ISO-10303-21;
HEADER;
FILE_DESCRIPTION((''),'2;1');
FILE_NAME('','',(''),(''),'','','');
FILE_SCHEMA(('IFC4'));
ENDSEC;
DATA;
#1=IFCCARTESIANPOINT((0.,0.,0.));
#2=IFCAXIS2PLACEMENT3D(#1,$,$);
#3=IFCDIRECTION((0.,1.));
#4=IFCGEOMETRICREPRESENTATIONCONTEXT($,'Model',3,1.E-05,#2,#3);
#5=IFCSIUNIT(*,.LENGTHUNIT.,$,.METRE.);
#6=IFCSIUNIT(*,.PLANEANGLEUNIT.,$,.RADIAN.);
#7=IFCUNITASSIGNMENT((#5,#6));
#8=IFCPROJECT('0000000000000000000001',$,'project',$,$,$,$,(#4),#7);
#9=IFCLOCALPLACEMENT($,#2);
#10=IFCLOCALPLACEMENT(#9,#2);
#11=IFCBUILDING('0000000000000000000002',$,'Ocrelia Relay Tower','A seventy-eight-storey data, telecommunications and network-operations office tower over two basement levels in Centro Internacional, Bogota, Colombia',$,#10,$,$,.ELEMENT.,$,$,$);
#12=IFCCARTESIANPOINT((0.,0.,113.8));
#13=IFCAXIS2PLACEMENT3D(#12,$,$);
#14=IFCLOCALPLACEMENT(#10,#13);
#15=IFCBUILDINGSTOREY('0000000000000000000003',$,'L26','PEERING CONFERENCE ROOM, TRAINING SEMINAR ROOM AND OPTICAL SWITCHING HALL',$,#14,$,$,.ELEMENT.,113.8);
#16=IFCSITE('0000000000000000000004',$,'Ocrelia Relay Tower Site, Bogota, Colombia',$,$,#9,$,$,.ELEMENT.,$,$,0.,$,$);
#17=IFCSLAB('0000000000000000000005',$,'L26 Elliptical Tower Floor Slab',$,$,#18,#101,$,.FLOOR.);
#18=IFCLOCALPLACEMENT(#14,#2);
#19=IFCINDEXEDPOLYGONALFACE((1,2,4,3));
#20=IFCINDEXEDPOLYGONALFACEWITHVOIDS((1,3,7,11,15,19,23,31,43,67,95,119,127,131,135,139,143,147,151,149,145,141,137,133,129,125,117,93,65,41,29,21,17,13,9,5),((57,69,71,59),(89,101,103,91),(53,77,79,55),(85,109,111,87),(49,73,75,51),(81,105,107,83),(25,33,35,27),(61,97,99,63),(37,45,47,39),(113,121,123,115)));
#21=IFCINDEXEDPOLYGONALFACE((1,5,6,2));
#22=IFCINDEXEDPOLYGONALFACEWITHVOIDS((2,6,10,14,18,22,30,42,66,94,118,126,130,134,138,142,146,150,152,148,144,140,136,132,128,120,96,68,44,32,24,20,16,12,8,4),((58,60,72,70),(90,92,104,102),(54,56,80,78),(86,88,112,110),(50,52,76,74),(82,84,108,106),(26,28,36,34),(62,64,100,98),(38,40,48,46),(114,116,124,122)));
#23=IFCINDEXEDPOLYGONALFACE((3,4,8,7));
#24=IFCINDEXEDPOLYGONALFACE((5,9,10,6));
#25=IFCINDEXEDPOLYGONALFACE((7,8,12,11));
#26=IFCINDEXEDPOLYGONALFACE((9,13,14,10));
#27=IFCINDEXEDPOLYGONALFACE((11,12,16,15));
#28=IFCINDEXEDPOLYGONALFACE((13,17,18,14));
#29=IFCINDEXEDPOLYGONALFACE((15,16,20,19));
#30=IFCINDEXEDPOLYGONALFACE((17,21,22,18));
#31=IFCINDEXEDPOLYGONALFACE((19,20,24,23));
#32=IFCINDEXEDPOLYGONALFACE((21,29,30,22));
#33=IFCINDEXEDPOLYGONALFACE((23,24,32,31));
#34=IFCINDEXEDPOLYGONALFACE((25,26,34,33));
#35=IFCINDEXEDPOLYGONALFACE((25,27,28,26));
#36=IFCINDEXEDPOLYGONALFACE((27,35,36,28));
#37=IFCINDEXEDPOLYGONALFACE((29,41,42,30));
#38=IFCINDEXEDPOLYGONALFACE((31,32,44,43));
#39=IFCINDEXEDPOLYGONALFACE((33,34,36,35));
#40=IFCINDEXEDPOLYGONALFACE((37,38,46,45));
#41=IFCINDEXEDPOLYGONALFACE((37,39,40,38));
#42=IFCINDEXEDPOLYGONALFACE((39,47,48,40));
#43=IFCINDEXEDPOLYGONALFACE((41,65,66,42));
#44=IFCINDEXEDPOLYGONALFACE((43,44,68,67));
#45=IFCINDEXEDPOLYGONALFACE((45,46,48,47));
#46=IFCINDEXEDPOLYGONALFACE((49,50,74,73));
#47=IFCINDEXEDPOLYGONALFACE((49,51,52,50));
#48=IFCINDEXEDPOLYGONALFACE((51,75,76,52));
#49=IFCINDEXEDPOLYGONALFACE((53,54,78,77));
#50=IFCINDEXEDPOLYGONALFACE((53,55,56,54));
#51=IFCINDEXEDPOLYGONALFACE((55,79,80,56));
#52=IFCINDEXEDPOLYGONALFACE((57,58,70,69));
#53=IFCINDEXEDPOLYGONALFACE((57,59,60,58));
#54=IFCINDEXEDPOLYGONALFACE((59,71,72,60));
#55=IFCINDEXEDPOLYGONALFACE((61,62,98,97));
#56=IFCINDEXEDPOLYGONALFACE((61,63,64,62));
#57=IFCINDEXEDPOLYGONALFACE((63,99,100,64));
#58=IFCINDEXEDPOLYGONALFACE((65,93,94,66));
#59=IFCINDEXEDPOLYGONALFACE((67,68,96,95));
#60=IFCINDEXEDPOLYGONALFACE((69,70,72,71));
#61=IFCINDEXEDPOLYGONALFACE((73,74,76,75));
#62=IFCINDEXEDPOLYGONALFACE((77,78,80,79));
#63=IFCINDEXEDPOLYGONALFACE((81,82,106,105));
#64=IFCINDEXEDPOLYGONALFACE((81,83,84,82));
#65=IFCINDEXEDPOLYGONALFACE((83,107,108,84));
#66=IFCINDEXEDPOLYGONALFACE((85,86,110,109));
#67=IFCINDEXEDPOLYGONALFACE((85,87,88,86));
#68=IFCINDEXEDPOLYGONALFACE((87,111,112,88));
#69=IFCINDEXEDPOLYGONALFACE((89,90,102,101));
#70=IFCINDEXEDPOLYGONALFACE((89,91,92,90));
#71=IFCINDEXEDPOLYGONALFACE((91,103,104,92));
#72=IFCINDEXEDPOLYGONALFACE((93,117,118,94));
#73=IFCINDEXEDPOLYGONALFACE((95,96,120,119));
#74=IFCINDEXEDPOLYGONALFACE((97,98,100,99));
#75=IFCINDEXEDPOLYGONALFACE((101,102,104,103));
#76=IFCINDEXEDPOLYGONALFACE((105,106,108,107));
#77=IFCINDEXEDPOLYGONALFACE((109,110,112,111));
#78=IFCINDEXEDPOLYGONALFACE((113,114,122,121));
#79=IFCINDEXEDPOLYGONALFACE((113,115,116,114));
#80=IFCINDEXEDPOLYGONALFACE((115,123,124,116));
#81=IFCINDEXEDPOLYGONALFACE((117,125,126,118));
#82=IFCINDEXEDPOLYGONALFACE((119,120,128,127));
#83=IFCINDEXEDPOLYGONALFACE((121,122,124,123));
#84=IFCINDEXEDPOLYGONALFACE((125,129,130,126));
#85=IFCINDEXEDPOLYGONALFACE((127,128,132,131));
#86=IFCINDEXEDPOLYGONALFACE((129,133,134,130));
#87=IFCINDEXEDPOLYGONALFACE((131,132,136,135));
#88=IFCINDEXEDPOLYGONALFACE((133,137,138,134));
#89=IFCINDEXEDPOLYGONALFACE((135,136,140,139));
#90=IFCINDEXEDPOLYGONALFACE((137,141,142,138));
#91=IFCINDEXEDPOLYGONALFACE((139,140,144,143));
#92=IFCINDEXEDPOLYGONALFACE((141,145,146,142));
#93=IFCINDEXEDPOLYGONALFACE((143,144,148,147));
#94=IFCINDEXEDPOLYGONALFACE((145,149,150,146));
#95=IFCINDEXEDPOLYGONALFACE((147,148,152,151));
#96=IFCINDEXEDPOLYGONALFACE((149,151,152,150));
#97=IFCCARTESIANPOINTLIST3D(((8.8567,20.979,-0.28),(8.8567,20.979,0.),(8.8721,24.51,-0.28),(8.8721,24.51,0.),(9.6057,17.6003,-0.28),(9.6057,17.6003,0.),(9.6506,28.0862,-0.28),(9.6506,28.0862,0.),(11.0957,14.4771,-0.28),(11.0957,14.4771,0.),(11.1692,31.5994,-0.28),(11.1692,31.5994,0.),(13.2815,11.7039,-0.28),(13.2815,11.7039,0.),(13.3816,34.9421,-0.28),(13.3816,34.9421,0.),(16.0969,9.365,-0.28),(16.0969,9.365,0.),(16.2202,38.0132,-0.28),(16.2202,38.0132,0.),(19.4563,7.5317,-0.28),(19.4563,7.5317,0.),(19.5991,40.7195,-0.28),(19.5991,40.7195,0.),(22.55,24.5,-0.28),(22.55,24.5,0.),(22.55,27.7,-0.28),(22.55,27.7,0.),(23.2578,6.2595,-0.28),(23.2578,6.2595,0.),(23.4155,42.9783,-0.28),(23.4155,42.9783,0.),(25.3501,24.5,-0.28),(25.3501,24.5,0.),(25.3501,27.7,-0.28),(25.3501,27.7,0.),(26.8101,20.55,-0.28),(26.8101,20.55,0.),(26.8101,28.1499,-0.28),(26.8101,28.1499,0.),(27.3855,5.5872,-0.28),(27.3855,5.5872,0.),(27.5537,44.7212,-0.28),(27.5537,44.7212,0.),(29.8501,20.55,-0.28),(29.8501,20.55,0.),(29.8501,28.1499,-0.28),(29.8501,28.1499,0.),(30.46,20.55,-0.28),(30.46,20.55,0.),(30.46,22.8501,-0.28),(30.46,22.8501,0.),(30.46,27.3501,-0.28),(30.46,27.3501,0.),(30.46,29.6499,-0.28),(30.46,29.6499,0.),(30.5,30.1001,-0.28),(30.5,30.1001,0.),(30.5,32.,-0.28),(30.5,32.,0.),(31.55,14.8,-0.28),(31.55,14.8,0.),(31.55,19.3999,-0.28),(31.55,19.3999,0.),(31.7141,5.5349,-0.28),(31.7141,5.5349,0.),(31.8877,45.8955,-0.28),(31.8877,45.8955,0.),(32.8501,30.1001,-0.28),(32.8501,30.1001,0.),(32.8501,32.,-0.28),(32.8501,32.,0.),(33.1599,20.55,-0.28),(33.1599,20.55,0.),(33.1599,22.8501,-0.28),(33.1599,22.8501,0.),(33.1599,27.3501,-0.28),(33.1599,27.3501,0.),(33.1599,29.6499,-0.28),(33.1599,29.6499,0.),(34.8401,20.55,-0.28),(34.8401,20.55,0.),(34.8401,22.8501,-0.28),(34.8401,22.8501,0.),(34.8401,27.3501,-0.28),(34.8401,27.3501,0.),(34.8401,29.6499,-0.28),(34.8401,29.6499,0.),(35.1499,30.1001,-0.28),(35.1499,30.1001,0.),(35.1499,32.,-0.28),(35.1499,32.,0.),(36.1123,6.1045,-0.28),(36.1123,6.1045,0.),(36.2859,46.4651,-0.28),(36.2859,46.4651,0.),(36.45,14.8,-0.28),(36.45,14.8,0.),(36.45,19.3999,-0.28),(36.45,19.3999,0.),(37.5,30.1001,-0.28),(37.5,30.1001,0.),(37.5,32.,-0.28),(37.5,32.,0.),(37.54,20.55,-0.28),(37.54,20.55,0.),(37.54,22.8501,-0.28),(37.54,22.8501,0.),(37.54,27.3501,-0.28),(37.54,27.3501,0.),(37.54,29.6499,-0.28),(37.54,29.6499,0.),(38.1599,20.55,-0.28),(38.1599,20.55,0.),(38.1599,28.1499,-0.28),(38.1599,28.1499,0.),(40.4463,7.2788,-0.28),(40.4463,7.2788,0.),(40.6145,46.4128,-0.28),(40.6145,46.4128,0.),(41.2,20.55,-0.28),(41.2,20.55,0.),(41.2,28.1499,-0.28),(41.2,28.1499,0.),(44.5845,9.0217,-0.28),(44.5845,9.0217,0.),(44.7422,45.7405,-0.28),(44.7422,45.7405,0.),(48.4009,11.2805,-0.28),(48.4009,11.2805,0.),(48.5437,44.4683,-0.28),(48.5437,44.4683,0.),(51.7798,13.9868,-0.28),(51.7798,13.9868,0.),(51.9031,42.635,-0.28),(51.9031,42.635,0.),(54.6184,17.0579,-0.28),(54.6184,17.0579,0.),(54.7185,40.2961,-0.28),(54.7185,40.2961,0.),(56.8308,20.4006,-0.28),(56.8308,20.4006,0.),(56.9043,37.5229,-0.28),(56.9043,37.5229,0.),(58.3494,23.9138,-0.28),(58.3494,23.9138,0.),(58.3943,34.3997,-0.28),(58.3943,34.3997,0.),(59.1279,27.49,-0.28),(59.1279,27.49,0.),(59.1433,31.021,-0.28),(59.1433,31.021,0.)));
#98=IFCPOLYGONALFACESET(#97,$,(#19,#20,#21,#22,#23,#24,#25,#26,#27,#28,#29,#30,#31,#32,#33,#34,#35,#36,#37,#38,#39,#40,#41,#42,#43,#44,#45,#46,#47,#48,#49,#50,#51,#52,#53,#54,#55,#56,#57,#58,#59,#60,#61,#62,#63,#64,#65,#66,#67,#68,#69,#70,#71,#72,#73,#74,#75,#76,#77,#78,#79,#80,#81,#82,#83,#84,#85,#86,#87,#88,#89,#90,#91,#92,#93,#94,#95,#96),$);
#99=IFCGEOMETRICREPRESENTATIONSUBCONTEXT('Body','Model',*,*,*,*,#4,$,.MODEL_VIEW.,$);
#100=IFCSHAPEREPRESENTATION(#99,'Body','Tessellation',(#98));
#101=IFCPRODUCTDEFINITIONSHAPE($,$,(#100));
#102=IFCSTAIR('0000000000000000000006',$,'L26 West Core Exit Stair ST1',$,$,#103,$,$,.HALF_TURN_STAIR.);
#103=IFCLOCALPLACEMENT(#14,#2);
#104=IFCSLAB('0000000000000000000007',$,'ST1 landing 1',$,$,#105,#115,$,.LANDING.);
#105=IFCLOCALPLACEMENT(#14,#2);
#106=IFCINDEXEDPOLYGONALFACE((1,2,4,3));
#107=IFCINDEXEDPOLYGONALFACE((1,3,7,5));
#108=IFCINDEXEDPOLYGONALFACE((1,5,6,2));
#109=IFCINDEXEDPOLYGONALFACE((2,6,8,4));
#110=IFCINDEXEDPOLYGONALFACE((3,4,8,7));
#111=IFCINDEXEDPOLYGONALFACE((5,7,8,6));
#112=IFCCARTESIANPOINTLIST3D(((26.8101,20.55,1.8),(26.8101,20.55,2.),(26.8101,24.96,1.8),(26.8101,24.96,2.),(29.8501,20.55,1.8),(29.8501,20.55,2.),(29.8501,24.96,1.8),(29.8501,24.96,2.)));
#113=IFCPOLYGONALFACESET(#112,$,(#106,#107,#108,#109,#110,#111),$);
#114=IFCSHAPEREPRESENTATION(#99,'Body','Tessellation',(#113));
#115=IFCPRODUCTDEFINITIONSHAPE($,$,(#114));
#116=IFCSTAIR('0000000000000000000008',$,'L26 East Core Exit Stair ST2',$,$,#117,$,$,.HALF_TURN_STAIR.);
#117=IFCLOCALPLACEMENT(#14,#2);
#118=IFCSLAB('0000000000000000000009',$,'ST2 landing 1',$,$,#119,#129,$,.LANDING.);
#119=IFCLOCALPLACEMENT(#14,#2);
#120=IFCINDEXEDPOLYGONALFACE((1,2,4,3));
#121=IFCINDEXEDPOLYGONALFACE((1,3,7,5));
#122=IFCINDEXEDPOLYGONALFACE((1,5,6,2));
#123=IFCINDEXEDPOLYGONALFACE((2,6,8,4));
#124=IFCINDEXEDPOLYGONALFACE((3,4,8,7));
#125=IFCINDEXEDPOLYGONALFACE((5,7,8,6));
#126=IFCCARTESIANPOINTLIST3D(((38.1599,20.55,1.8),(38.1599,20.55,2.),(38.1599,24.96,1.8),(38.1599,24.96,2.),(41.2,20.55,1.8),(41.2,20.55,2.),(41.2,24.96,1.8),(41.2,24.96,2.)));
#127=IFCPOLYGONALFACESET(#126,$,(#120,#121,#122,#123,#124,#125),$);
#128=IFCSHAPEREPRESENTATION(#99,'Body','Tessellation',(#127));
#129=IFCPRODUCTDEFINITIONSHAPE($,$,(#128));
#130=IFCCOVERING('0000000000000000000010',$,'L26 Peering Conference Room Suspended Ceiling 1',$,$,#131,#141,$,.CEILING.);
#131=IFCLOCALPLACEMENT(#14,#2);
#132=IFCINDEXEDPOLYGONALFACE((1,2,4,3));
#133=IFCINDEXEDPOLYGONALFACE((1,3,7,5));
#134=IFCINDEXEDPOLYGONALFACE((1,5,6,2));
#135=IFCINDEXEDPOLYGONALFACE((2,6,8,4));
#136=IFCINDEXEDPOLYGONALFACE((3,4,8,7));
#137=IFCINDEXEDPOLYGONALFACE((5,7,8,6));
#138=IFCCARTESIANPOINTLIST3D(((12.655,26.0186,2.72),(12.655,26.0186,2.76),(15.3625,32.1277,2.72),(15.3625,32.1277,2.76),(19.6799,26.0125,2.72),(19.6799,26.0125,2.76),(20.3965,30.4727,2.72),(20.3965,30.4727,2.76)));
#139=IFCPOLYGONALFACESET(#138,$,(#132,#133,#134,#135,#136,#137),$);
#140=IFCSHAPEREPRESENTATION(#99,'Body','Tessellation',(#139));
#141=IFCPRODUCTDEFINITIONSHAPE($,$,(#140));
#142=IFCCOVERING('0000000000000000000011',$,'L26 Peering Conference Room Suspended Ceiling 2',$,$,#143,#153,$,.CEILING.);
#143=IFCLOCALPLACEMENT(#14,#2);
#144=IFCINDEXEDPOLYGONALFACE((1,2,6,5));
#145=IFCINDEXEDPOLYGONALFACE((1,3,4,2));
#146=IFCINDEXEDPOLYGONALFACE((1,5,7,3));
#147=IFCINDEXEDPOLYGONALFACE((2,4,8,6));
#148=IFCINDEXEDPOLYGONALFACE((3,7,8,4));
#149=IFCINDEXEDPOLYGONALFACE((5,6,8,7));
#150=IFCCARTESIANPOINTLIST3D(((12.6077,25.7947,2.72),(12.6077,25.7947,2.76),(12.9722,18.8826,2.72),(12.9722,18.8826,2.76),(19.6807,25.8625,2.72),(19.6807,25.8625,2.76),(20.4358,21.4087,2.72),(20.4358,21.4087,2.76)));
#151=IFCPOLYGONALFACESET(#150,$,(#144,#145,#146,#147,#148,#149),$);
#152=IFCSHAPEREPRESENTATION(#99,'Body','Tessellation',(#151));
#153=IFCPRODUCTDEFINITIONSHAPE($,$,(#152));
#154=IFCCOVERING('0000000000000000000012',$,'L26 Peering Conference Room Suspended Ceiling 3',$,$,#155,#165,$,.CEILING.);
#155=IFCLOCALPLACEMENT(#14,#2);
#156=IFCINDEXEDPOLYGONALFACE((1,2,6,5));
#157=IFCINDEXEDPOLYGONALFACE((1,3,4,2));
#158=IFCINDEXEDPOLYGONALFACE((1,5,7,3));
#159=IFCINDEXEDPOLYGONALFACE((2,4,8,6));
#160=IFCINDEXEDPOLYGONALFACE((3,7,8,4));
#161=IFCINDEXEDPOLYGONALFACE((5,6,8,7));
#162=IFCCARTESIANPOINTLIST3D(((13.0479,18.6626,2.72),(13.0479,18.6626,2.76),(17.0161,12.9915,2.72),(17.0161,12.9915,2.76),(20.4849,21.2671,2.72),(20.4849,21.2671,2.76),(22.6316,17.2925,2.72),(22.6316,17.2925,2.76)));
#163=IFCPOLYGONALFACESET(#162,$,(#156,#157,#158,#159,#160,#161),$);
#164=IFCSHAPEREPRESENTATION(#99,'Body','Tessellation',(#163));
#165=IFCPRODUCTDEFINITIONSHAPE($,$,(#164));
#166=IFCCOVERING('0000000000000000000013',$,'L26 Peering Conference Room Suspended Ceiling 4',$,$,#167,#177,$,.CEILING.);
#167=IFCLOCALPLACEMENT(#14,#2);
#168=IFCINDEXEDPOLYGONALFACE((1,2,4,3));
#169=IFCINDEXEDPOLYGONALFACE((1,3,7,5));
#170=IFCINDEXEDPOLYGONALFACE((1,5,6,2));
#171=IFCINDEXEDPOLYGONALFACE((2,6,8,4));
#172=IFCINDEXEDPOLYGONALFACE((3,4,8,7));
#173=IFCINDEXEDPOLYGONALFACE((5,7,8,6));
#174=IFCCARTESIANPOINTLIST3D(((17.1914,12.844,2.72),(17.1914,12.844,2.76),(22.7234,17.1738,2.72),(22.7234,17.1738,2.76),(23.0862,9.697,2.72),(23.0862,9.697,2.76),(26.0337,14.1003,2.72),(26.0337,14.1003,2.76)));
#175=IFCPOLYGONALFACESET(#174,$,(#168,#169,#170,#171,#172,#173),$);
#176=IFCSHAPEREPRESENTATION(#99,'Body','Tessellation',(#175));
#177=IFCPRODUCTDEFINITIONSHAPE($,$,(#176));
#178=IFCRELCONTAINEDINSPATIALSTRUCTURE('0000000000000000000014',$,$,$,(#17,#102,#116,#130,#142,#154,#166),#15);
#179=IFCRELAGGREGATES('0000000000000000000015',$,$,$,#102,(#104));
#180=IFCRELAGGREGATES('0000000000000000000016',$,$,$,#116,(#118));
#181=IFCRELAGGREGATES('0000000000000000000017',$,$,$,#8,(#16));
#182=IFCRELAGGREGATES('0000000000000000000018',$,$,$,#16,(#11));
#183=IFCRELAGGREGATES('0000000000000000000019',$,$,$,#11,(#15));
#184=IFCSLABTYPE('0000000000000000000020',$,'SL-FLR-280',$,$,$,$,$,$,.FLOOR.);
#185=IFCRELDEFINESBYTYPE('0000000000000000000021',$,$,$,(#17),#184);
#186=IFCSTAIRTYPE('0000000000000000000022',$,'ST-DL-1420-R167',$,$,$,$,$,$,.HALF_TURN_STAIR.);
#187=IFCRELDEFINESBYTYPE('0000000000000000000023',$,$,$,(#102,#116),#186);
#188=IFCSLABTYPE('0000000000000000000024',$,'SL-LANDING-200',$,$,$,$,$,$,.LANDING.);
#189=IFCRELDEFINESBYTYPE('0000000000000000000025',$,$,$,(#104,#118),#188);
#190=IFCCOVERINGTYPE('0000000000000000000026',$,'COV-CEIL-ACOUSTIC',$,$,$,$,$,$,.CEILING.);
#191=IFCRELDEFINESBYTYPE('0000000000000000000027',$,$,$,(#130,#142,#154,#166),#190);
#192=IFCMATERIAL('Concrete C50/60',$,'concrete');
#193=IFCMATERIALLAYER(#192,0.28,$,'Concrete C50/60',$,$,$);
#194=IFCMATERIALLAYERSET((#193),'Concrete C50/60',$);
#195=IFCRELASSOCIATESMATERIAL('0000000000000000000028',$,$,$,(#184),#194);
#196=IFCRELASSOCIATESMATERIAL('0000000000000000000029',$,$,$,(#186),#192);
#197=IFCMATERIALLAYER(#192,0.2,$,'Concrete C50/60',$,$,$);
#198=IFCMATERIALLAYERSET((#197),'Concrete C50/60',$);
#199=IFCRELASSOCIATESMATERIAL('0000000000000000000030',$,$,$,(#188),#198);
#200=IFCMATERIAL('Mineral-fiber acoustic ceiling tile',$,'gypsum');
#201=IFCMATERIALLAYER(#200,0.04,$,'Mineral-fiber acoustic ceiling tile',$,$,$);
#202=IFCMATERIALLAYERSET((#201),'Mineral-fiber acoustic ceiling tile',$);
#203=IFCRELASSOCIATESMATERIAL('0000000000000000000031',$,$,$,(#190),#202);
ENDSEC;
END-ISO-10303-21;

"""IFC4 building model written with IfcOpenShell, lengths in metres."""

from ifc_helpers import new_model, si_unit, direction, frame, origin, place, context, subcontext, project, spatial, polyline, outline, extrude, material, layer, layer_set, type_object, element, aggregate, save


model = new_model("IFC4")

# Units and contexts
model_context = context("Model", 3, precision=1e-05, world=origin(), true_north=direction((0.0, 1.0)))
body_context = subcontext(model_context, "Body", "Model", "MODEL_VIEW")
ifc_project = project(units=[si_unit("LENGTHUNIT", "METRE"), si_unit("PLANEANGLEUNIT", "RADIAN")], contexts=[model_context])

# Site, building, storey
site_placement = place(None, origin())
site = spatial("IfcSite", under=ifc_project, at=site_placement, Name="Ocrelia Relay Tower Site, Bogota, Colombia", CompositionType="ELEMENT", RefElevation=0.0)
building_placement = place(site_placement, origin())
building = spatial("IfcBuilding", under=site, at=building_placement, Name="Ocrelia Relay Tower", Description="A seventy-eight-storey data, telecommunications and network-operations office tower over two basement levels in Centro Internacional, Bogota, Colombia", CompositionType="ELEMENT")
storey_placement = place(building_placement, frame((0.0, 0.0, 113.8)))
storey = spatial("IfcBuildingStorey", under=building, at=storey_placement, Name="L26", Description="PEERING CONFERENCE ROOM, TRAINING SEMINAR ROOM AND OPTICAL SWITCHING HALL", CompositionType="ELEMENT", Elevation=113.8)

# Slab
ifc_material_1 = material(Name="Concrete C50/60", Category="concrete")
ifc_layer_1 = layer(ifc_material_1, 0.28, Name="Concrete C50/60")
ifc_layer_set_1 = layer_set([ifc_layer_1], Name="Concrete C50/60")
slab_type_1 = type_object("IfcSlabType", Name="SL-FLR-280", PredefinedType="FLOOR", material=ifc_layer_set_1)
slab_1_placement = place(storey_placement, frame((0.0, 0.0, -0.28)))
element("IfcSlab", 1, at=slab_1_placement, inside=storey, type_object=slab_type_1, Name="L26 Elliptical Tower Floor Slab", PredefinedType="FLOOR", context=body_context, shape_type="SweptSolid", body=[
    extrude(outline(polyline([(58.3943, 34.3997), (56.9043, 37.5229), (54.7185, 40.2961), (51.9031, 42.635), (48.5437, 44.4683), (44.7422, 45.7405), (40.6145, 46.4128), (36.2859, 46.4651), (31.8877, 45.8955), (27.5537, 44.7212), (23.4155, 42.9783), (19.5991, 40.7195), (16.2202, 38.0132), (13.3816, 34.9421), (11.1692, 31.5994), (9.6506, 28.0862), (8.8721, 24.51), (8.8567, 20.979), (9.6057, 17.6003), (11.0957, 14.4771), (13.2815, 11.7039), (16.0969, 9.365), (19.4563, 7.5317), (23.2578, 6.2595), (27.3855, 5.5872), (31.7141, 5.5349), (36.1123, 6.1045), (40.4463, 7.2788), (44.5845, 9.0217), (48.4009, 11.2805), (51.7798, 13.9868), (54.6184, 17.0579), (56.8308, 20.4006), (58.3494, 23.9138), (59.1279, 27.49), (59.1433, 31.021), (58.3943, 34.3997)]), holes=[polyline([(26.8101, 28.1499), (26.8101, 20.55), (29.8501, 20.55), (29.8501, 28.1499), (26.8101, 28.1499)]), polyline([(38.1599, 28.1499), (38.1599, 20.55), (41.2, 20.55), (41.2, 28.1499), (38.1599, 28.1499)]), polyline([(30.46, 20.55), (33.1599, 20.55), (33.1599, 22.8501), (30.46, 22.8501), (30.46, 20.55)]), polyline([(34.8401, 20.55), (37.54, 20.55), (37.54, 22.8501), (34.8401, 22.8501), (34.8401, 20.55)]), polyline([(30.46, 27.3501), (33.1599, 27.3501), (33.1599, 29.6499), (30.46, 29.6499), (30.46, 27.3501)]), polyline([(34.8401, 27.3501), (37.54, 27.3501), (37.54, 29.6499), (34.8401, 29.6499), (34.8401, 27.3501)]), polyline([(30.5, 30.1001), (32.8501, 30.1001), (32.8501, 32.0), (30.5, 32.0), (30.5, 30.1001)]), polyline([(35.1499, 30.1001), (37.5, 30.1001), (37.5, 32.0), (35.1499, 32.0), (35.1499, 30.1001)]), polyline([(22.55, 24.5), (25.3501, 24.5), (25.3501, 27.7), (22.55, 27.7), (22.55, 24.5)]), polyline([(31.55, 14.8), (36.45, 14.8), (36.45, 19.3999), (31.55, 19.3999), (31.55, 14.8)])]), origin(), (0.0, 0.0, 1.0), 0.28),
])

# Stairs, slabs
stair_type = type_object("IfcStairType", Name="ST-DL-1420-R167", PredefinedType="HALF_TURN_STAIR", material=ifc_material_1)
stair_1_placement = place(storey_placement, origin())
stair_1 = element("IfcStair", 2, at=stair_1_placement, inside=storey, type_object=stair_type, Name="L26 West Core Exit Stair ST1", PredefinedType="HALF_TURN_STAIR")
ifc_layer_2 = layer(ifc_material_1, 0.2, Name="Concrete C50/60")
ifc_layer_set_2 = layer_set([ifc_layer_2], Name="Concrete C50/60")
slab_type_2 = type_object("IfcSlabType", Name="SL-LANDING-200", PredefinedType="LANDING", material=ifc_layer_set_2)
slab_2_placement = place(storey_placement, frame((0.0, 0.0, 1.8)))
slab_2 = element("IfcSlab", 3, at=slab_2_placement, type_object=slab_type_2, Name="ST1 landing 1", PredefinedType="LANDING", context=body_context, shape_type="SweptSolid", body=[
    extrude(outline(polyline([(26.8101, 24.96), (26.8101, 20.55), (29.8501, 20.55), (29.8501, 24.96), (26.8101, 24.96)])), origin(), (0.0, 0.0, 1.0), 0.2),
])
aggregate(stair_1, [slab_2])
stair_2_placement = place(storey_placement, origin())
stair_2 = element("IfcStair", 4, at=stair_2_placement, inside=storey, type_object=stair_type, Name="L26 East Core Exit Stair ST2", PredefinedType="HALF_TURN_STAIR")
slab_3_placement = place(storey_placement, frame((0.0, 0.0, 1.8)))
slab_3 = element("IfcSlab", 5, at=slab_3_placement, type_object=slab_type_2, Name="ST2 landing 1", PredefinedType="LANDING", context=body_context, shape_type="SweptSolid", body=[
    extrude(outline(polyline([(38.1599, 24.96), (38.1599, 20.55), (41.2, 20.55), (41.2, 24.96), (38.1599, 24.96)])), origin(), (0.0, 0.0, 1.0), 0.2),
])
aggregate(stair_2, [slab_3])

# Coverings
ifc_material_2 = material(Name="Mineral-fiber acoustic ceiling tile", Category="gypsum")
ifc_layer_3 = layer(ifc_material_2, 0.04, Name="Mineral-fiber acoustic ceiling tile")
ifc_layer_set_3 = layer_set([ifc_layer_3], Name="Mineral-fiber acoustic ceiling tile")
covering_type_1 = type_object("IfcCoveringType", Name="COV-CEIL-ACOUSTIC", PredefinedType="CEILING", material=ifc_layer_set_3)
covering_1_placement = place(storey_placement, frame((0.0, 0.0, 2.72)))
element("IfcCovering", 6, at=covering_1_placement, inside=storey, type_object=covering_type_1, Name="L26 Peering Conference Room Suspended Ceiling 1", PredefinedType="CEILING", context=body_context, shape_type="SweptSolid", body=[
    extrude(outline(polyline([(20.3965, 30.4727), (15.3625, 32.1277), (12.655, 26.0186), (19.6799, 26.0125), (20.3965, 30.4727)])), origin(), (0.0, 0.0, 1.0), 0.04),
])
covering_2_placement = place(storey_placement, frame((0.0, 0.0, 2.72)))
element("IfcCovering", 7, at=covering_2_placement, inside=storey, type_object=covering_type_1, Name="L26 Peering Conference Room Suspended Ceiling 2", PredefinedType="CEILING", context=body_context, shape_type="SweptSolid", body=[
    extrude(outline(polyline([(19.6807, 25.8625), (12.6077, 25.7947), (12.9722, 18.8826), (20.4358, 21.4087), (19.6807, 25.8625)])), origin(), (0.0, 0.0, 1.0), 0.04),
])
covering_3_placement = place(storey_placement, frame((0.0, 0.0, 2.72)))
element("IfcCovering", 8, at=covering_3_placement, inside=storey, type_object=covering_type_1, Name="L26 Peering Conference Room Suspended Ceiling 3", PredefinedType="CEILING", context=body_context, shape_type="SweptSolid", body=[
    extrude(outline(polyline([(20.4849, 21.2671), (13.0479, 18.6626), (17.0161, 12.9915), (22.6316, 17.2925), (20.4849, 21.2671)])), origin(), (0.0, 0.0, 1.0), 0.04),
])
covering_4_placement = place(storey_placement, frame((0.0, 0.0, 2.72)))
element("IfcCovering", 9, at=covering_4_placement, inside=storey, type_object=covering_type_1, Name="L26 Peering Conference Room Suspended Ceiling 4", PredefinedType="CEILING", context=body_context, shape_type="SweptSolid", body=[
    extrude(outline(polyline([(22.7234, 17.1738), (17.1914, 12.844), (23.0862, 9.697), (26.0337, 14.1003), (22.7234, 17.1738)])), origin(), (0.0, 0.0, 1.0), 0.04),
])

save(model, "model.ifc")
